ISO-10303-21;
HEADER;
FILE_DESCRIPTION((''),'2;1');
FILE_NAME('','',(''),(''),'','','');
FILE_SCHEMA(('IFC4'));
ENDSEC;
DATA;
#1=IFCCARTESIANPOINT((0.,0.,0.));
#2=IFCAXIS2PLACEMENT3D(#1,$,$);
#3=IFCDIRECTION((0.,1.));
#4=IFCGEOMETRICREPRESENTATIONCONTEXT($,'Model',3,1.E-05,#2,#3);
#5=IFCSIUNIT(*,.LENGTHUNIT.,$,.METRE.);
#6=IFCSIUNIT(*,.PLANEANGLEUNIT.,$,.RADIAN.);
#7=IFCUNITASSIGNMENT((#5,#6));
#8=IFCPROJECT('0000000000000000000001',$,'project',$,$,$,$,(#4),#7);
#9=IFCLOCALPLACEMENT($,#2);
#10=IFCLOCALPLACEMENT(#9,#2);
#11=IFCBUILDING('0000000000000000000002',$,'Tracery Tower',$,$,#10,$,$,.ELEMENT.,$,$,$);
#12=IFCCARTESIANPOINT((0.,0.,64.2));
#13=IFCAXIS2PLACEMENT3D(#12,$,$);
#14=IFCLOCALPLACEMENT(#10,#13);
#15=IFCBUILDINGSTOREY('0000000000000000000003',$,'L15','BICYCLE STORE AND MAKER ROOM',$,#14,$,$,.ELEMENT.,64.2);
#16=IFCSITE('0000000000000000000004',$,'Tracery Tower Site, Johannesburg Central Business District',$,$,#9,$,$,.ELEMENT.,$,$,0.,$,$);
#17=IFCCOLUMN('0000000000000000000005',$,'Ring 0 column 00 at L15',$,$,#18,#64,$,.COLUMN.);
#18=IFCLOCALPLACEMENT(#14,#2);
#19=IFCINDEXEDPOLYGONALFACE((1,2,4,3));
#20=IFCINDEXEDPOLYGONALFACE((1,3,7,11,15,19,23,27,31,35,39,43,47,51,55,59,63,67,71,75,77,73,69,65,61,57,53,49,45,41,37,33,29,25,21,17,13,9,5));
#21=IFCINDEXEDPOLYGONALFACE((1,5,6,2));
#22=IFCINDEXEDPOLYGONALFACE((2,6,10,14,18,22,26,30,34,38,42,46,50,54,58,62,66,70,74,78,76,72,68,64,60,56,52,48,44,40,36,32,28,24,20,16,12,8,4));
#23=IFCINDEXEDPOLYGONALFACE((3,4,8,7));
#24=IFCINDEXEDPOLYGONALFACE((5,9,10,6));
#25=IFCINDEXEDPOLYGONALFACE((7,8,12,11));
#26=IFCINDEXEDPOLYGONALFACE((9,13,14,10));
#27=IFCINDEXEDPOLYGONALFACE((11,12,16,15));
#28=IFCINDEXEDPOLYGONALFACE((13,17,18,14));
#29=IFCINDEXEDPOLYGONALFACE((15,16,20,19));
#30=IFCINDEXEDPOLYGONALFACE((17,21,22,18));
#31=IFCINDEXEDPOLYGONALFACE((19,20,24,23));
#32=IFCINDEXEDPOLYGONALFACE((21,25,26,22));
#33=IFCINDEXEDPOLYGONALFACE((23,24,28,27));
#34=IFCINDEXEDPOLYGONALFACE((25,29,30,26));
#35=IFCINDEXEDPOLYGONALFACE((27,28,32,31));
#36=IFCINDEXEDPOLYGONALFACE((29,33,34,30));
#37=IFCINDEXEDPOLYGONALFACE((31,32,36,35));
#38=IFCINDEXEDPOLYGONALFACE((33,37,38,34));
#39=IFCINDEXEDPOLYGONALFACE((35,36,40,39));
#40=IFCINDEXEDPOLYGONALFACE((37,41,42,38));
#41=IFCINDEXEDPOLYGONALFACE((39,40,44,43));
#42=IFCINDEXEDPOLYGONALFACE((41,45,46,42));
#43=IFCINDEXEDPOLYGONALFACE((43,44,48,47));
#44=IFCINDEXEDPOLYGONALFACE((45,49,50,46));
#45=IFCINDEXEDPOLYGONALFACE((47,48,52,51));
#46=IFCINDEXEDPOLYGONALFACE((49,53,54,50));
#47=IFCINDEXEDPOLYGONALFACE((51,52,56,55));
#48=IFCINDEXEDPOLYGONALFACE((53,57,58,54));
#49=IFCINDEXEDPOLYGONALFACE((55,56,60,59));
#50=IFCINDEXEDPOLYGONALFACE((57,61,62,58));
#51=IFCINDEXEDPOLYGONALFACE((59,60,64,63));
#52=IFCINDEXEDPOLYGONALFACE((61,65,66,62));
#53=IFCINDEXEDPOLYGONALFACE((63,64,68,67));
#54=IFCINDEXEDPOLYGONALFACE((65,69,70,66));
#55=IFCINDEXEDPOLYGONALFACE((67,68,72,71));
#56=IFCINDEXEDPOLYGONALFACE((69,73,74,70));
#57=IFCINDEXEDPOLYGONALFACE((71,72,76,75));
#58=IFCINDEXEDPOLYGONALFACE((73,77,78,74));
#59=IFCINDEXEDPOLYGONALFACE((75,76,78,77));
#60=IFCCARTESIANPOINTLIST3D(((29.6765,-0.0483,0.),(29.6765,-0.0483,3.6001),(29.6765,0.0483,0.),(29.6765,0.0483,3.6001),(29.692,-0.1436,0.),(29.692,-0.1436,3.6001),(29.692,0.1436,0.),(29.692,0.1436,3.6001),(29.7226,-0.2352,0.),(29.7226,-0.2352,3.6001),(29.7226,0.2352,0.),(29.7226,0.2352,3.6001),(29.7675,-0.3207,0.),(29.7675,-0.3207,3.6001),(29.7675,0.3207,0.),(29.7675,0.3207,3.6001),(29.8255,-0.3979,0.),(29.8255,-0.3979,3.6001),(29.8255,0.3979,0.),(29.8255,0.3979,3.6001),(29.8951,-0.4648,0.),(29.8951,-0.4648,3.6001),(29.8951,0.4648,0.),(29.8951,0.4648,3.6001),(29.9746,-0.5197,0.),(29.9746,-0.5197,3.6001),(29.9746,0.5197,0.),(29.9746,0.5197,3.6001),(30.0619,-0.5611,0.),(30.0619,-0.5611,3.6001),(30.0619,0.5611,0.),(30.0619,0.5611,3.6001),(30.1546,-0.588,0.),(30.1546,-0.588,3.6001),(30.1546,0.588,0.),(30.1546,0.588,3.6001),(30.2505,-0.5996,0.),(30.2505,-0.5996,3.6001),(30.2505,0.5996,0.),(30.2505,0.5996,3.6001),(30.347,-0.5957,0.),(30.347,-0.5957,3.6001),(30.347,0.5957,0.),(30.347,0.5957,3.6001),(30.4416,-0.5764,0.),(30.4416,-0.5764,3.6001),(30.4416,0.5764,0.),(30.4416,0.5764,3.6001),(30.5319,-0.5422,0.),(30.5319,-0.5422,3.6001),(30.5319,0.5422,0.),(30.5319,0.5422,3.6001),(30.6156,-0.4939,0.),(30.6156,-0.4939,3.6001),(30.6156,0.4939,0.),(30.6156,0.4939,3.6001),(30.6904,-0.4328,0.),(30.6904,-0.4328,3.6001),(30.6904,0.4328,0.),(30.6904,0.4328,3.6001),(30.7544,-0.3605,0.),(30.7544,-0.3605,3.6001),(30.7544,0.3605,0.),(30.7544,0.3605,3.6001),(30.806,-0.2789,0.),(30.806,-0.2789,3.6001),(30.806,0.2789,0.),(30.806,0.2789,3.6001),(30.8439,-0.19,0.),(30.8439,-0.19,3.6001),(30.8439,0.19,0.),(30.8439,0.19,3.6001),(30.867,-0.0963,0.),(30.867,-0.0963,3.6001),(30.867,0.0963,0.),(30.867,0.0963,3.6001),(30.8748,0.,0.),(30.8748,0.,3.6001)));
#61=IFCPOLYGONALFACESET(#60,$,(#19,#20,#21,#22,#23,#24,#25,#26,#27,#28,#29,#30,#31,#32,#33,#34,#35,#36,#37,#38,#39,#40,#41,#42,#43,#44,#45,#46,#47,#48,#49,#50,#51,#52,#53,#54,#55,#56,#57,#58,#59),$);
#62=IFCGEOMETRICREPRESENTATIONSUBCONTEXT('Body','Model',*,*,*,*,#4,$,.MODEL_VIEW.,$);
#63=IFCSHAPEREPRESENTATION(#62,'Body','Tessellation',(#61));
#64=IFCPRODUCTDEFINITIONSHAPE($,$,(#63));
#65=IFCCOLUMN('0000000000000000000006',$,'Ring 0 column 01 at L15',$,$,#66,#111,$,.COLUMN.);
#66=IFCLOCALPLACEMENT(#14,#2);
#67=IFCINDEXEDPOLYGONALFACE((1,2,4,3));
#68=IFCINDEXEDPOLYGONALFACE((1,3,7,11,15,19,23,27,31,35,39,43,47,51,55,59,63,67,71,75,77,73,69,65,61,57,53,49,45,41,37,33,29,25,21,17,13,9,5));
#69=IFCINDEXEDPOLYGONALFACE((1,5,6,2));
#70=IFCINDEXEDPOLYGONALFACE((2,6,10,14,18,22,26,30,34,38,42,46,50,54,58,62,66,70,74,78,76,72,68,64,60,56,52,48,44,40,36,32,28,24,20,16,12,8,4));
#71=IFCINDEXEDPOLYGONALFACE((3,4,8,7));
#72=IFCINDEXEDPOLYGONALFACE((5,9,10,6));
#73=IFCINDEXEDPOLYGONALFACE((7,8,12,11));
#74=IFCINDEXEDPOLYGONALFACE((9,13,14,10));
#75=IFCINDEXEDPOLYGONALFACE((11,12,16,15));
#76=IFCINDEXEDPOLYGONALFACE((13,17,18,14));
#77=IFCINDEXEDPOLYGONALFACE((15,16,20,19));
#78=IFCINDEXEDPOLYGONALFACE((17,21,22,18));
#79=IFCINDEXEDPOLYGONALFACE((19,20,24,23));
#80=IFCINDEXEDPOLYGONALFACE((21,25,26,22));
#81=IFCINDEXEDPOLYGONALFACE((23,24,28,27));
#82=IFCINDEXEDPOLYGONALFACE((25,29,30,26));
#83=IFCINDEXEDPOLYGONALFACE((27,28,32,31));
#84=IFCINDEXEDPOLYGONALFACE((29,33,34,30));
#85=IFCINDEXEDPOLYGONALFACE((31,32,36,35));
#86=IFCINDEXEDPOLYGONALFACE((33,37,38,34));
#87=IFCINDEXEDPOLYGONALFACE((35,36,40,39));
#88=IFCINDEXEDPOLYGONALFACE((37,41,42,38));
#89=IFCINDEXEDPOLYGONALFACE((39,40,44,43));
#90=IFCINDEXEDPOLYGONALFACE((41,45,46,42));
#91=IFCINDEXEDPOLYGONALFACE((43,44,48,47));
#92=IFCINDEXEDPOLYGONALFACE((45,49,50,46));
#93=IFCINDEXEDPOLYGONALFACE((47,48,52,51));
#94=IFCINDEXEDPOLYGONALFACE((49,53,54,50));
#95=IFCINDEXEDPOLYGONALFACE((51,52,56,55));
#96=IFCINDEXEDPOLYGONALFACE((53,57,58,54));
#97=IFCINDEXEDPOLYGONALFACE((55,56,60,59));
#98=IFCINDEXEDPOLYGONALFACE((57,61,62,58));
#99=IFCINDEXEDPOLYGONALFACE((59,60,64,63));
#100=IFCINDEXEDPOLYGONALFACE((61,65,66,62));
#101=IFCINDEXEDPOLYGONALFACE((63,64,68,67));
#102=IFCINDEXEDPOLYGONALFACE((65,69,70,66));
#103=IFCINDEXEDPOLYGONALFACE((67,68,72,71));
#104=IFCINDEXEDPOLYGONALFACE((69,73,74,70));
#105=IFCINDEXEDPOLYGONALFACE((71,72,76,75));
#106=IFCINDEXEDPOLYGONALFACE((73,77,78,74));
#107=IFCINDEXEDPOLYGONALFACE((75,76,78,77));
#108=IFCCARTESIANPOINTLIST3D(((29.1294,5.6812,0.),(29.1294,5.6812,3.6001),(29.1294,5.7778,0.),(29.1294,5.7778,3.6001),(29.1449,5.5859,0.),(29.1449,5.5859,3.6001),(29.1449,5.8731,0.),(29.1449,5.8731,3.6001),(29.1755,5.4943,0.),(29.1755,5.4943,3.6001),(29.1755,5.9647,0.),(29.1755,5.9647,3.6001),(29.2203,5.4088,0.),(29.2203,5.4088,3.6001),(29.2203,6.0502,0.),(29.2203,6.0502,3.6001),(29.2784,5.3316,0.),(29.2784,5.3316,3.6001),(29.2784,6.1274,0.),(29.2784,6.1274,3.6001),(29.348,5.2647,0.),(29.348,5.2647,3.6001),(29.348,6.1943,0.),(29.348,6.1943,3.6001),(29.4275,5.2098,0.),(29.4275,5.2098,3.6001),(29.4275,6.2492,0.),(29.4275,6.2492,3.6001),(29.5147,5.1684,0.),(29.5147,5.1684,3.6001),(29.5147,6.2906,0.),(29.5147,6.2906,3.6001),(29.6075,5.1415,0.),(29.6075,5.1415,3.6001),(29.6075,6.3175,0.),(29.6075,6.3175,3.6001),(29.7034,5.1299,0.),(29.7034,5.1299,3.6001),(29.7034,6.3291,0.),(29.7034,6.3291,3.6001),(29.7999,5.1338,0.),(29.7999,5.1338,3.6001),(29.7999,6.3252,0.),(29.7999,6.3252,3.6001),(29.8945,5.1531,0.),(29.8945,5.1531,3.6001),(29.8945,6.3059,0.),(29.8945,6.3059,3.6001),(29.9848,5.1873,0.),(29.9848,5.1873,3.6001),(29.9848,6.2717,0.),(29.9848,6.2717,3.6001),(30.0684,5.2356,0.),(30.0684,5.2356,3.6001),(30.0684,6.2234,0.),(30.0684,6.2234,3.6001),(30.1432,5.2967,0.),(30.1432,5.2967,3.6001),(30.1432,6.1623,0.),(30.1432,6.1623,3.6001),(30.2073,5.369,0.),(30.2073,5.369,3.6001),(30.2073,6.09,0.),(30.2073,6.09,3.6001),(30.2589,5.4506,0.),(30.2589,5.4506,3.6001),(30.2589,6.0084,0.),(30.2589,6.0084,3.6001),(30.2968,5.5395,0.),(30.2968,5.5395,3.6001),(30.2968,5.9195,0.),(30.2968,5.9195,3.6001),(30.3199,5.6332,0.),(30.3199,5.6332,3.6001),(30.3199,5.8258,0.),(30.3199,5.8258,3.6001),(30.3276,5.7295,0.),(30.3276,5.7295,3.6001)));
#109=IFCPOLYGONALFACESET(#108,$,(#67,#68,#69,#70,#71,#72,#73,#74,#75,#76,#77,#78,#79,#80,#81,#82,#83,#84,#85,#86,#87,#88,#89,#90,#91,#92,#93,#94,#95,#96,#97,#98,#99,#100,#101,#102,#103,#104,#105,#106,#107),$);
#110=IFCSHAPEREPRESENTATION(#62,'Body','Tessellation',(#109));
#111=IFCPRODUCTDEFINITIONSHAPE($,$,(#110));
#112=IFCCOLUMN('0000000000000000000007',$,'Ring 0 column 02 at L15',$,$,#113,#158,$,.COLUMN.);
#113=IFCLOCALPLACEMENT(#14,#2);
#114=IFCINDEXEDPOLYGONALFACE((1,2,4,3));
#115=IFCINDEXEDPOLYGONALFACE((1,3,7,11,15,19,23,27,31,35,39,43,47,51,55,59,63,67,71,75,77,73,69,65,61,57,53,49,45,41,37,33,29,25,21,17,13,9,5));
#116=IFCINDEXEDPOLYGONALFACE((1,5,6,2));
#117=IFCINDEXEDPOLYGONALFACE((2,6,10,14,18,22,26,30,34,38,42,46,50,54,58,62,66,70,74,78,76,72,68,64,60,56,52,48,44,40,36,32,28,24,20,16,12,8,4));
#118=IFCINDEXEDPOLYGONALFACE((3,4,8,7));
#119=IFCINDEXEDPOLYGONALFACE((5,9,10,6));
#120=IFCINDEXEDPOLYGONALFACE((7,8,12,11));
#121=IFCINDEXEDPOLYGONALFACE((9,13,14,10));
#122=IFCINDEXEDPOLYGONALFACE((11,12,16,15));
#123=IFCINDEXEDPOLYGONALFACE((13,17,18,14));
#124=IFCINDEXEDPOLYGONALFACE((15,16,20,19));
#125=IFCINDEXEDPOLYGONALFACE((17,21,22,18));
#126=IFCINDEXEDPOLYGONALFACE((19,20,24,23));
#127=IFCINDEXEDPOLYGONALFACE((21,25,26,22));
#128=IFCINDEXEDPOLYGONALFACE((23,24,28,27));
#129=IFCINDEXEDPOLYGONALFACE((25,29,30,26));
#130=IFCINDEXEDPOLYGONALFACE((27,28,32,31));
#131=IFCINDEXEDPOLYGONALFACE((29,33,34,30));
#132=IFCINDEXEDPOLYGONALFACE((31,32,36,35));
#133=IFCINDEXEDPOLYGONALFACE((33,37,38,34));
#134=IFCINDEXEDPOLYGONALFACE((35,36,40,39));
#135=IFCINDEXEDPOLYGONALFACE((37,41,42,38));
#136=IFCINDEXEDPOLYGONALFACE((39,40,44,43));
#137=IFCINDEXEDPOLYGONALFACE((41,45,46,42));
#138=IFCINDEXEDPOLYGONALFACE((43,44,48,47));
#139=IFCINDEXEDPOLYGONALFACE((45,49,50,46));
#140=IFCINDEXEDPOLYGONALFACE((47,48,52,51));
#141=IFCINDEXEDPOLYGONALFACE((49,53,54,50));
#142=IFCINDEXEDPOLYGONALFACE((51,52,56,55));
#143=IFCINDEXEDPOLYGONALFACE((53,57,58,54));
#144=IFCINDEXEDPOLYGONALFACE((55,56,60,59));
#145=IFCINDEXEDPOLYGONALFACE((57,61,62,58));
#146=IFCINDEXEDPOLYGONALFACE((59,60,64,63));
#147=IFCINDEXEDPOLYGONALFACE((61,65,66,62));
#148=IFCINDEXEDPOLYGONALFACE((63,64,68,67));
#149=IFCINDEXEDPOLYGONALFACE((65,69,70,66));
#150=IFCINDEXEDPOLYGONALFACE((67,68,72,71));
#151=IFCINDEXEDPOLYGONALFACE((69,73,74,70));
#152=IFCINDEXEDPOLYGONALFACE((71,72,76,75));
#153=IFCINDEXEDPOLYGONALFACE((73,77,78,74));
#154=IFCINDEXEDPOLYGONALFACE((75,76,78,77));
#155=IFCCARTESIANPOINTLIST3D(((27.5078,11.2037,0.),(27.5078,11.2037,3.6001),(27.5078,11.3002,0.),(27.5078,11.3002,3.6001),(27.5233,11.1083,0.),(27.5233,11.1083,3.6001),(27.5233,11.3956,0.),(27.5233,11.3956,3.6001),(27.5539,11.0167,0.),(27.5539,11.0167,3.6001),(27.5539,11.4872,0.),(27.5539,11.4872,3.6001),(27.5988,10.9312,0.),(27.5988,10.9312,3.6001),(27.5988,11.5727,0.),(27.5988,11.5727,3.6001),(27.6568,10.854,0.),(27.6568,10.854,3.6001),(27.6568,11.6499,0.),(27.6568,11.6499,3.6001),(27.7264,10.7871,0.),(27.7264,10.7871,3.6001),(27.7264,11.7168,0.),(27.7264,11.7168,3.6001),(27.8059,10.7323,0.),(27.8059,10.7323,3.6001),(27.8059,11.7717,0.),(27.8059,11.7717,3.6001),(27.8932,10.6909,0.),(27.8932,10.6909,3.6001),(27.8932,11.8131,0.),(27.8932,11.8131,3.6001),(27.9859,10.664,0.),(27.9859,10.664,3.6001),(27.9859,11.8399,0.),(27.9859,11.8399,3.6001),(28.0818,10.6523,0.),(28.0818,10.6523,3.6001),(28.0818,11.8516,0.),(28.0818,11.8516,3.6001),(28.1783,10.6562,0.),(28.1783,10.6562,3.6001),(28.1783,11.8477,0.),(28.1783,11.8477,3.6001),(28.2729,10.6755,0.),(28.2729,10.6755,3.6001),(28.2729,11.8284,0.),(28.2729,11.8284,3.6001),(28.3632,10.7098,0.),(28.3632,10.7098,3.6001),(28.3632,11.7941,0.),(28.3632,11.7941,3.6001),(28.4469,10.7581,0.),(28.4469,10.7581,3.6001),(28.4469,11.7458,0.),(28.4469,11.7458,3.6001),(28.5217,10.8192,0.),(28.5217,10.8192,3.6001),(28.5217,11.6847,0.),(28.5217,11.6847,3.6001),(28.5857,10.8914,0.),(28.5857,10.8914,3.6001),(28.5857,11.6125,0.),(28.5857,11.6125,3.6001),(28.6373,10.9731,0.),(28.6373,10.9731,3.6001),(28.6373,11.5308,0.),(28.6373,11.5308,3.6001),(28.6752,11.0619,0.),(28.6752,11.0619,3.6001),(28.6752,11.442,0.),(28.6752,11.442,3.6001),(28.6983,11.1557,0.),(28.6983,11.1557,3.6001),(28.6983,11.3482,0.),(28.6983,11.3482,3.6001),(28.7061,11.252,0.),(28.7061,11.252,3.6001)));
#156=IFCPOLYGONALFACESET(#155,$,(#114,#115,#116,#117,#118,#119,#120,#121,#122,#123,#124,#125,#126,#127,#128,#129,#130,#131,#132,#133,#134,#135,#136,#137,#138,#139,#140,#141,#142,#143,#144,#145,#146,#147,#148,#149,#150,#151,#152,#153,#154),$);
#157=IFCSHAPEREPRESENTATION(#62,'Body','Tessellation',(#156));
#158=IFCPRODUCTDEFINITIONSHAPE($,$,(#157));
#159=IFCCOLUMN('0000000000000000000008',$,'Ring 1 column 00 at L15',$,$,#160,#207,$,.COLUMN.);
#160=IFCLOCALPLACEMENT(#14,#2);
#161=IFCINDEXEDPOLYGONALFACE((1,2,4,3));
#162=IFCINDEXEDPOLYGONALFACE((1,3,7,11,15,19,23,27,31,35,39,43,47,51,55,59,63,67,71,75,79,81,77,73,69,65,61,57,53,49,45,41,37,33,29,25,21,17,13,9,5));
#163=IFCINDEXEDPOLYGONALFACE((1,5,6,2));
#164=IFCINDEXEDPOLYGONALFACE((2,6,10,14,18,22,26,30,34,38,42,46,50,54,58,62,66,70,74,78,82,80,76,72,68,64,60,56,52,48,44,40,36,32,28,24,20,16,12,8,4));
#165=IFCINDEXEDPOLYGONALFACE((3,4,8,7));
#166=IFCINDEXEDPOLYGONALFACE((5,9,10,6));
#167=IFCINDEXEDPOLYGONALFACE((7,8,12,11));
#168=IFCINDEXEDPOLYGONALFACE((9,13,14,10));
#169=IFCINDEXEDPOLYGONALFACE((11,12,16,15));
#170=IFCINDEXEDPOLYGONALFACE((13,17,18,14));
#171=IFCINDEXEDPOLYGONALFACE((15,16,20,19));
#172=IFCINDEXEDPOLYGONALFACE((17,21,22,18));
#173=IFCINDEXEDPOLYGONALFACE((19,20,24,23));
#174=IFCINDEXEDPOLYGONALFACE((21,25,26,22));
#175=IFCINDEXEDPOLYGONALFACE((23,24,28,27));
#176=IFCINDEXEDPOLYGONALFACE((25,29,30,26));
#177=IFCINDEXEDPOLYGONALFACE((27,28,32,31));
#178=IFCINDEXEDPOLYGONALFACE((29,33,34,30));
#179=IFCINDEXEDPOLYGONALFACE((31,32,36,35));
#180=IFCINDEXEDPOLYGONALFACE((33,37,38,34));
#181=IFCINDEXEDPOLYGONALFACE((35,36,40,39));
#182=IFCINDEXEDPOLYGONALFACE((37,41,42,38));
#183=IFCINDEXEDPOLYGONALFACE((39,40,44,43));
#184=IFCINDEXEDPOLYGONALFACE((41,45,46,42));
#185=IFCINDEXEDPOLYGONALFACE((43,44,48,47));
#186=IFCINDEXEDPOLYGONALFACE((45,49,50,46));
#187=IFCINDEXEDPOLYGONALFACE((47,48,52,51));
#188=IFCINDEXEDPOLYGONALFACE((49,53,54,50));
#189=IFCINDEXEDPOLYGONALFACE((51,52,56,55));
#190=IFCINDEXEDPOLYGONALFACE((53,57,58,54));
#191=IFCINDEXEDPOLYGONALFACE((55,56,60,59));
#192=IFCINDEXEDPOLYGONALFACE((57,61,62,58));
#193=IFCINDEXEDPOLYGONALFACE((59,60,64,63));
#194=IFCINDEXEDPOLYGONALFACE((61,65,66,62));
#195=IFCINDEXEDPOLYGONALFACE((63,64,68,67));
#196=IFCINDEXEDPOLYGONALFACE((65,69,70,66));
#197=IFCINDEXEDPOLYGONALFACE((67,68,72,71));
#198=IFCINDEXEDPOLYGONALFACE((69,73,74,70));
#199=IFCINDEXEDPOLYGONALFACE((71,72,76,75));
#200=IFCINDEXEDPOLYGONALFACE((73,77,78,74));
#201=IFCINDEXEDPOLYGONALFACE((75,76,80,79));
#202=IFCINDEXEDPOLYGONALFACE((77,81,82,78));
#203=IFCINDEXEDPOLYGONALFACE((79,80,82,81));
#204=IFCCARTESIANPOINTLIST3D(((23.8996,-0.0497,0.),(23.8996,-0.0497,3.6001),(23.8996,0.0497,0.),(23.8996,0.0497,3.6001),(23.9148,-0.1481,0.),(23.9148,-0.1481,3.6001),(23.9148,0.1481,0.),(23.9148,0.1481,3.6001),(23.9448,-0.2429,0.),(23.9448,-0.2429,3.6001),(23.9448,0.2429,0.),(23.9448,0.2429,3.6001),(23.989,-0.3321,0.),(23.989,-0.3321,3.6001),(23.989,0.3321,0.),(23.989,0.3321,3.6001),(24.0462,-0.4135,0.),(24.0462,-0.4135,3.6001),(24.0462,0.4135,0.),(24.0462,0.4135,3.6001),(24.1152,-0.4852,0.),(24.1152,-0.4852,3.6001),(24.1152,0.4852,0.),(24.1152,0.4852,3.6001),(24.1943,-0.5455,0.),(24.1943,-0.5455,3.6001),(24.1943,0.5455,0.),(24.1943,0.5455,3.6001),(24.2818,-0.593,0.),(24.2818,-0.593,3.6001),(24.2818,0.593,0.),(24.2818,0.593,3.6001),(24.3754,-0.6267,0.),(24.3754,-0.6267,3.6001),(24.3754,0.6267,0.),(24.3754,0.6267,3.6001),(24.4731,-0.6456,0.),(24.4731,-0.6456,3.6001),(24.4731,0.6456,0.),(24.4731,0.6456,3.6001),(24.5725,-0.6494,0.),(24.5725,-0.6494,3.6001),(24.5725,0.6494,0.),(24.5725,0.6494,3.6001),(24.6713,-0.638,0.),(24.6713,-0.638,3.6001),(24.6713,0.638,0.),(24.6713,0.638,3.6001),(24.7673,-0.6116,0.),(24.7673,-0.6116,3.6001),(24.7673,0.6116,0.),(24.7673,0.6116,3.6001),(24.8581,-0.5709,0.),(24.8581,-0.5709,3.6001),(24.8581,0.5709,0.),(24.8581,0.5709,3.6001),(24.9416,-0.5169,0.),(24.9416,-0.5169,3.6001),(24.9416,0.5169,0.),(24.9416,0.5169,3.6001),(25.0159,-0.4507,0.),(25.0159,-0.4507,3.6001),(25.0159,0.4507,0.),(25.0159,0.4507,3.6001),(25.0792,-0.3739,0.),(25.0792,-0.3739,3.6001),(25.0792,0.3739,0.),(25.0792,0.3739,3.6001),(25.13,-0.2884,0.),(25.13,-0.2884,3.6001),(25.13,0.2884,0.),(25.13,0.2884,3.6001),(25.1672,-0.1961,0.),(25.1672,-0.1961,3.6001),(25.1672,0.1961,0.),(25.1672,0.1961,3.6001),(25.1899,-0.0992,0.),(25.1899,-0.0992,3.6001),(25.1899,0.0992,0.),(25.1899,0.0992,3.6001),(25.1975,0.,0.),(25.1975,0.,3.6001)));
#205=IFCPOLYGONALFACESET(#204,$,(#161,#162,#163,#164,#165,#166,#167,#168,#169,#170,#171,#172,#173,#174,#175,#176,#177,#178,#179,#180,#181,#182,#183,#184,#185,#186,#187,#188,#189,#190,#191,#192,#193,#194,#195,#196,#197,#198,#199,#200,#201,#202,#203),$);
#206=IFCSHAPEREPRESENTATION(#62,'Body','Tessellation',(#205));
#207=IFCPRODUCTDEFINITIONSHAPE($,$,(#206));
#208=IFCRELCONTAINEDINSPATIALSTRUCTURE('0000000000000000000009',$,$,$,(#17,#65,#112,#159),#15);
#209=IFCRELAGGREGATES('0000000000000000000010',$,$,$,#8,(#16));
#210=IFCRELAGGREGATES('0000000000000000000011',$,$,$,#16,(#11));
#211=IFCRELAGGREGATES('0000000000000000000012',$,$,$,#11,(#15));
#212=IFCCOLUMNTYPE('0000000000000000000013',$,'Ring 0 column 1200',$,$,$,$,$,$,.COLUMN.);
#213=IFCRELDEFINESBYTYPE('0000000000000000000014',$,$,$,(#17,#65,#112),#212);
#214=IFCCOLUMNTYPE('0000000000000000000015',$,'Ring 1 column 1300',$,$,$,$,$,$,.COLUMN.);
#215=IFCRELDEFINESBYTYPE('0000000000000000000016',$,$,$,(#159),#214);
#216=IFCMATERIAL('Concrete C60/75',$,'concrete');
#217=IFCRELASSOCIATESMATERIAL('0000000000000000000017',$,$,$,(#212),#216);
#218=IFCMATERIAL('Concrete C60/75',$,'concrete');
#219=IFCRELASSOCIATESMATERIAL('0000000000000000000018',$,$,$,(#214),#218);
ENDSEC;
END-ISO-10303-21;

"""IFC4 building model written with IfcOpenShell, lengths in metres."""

from ifc_helpers import new_model, si_unit, direction, frame, origin, origin_2d, place, context, subcontext, project, spatial, circle, extrude, material, material_profile, profile_set, type_object, element, save


model = new_model("IFC4")

# Units and contexts
model_context = context("Model", 3, precision=1e-05, world=origin(), true_north=direction((0.0, 1.0)))
body_context = subcontext(model_context, "Body", "Model", "MODEL_VIEW")
ifc_project = project(units=[si_unit("LENGTHUNIT", "METRE"), si_unit("PLANEANGLEUNIT", "RADIAN")], contexts=[model_context])

# Site, building, storey
site_placement = place(None, origin())
site = spatial("IfcSite", under=ifc_project, at=site_placement, Name="Tracery Tower Site, Johannesburg Central Business District", CompositionType="ELEMENT", RefElevation=0.0)
building_placement = place(site_placement, origin())
building = spatial("IfcBuilding", under=site, at=building_placement, Name="Tracery Tower", CompositionType="ELEMENT")
storey_placement = place(building_placement, frame((0.0, 0.0, 64.2)))
storey = spatial("IfcBuildingStorey", under=building, at=storey_placement, Name="L15", Description="BICYCLE STORE AND MAKER ROOM", CompositionType="ELEMENT", Elevation=64.2)

# Columns
ifc_material_1 = material(Name="Concrete C60/75", Category="concrete")
ifc_material_profile_1 = material_profile(ifc_material_1, circle(Radius=0.6001, at=origin_2d()), Name="RC D1200")
ifc_profile_set_1 = profile_set([ifc_material_profile_1], Name="Concrete C60/75")
column_type_1 = type_object("IfcColumnType", Name="Ring 0 column 1200", PredefinedType="COLUMN", material=ifc_profile_set_1)
for number, where, z_axis, x_axis, name in (
    (1, (30.2747, 0.0, 0.0), (0.0, 0.0, 1.0), (1.0, 0.0, 0.0), "Ring 0 column 00 at L15"),
    (2, (29.7275, 5.7295, 0.0), (0.0, 0.0, 1.0), (1.0, 0.0, 0.0), "Ring 0 column 01 at L15"),
    (3, (28.106, 11.252, 0.0), (0.0, 0.0, 1.0), (1.0, 0.0, 0.0), "Ring 0 column 02 at L15"),
):
    element("IfcColumn", number, at=place(storey_placement, frame(where, z_axis=z_axis, x_axis=x_axis)), inside=storey, type_object=column_type_1, Name=name, PredefinedType="COLUMN", context=body_context, shape_type="SweptSolid", body=[
        extrude(circle(Radius=0.6001, at=origin_2d()), origin(), (0.0, 0.0, 1.0), 3.6001),
    ])
ifc_material_2 = material(Name="Concrete C60/75", Category="concrete")
ifc_material_profile_2 = material_profile(ifc_material_2, circle(Radius=0.6499, at=origin_2d()), Name="RC D1300")
ifc_profile_set_2 = profile_set([ifc_material_profile_2], Name="Concrete C60/75")
column_type_2 = type_object("IfcColumnType", Name="Ring 1 column 1300", PredefinedType="COLUMN", material=ifc_profile_set_2)
for number, where, z_axis, x_axis, name in (
    (4, (24.5476, 0.0, 0.0), (0.0, 0.0, 1.0), (1.0, 0.0, 0.0), "Ring 1 column 00 at L15"),
):
    element("IfcColumn", number, at=place(storey_placement, frame(where, z_axis=z_axis, x_axis=x_axis)), inside=storey, type_object=column_type_2, Name=name, PredefinedType="COLUMN", context=body_context, shape_type="SweptSolid", body=[
        extrude(circle(Radius=0.6499, at=origin_2d()), origin(), (0.0, 0.0, 1.0), 3.6001),
    ])

save(model, "model.ifc")
